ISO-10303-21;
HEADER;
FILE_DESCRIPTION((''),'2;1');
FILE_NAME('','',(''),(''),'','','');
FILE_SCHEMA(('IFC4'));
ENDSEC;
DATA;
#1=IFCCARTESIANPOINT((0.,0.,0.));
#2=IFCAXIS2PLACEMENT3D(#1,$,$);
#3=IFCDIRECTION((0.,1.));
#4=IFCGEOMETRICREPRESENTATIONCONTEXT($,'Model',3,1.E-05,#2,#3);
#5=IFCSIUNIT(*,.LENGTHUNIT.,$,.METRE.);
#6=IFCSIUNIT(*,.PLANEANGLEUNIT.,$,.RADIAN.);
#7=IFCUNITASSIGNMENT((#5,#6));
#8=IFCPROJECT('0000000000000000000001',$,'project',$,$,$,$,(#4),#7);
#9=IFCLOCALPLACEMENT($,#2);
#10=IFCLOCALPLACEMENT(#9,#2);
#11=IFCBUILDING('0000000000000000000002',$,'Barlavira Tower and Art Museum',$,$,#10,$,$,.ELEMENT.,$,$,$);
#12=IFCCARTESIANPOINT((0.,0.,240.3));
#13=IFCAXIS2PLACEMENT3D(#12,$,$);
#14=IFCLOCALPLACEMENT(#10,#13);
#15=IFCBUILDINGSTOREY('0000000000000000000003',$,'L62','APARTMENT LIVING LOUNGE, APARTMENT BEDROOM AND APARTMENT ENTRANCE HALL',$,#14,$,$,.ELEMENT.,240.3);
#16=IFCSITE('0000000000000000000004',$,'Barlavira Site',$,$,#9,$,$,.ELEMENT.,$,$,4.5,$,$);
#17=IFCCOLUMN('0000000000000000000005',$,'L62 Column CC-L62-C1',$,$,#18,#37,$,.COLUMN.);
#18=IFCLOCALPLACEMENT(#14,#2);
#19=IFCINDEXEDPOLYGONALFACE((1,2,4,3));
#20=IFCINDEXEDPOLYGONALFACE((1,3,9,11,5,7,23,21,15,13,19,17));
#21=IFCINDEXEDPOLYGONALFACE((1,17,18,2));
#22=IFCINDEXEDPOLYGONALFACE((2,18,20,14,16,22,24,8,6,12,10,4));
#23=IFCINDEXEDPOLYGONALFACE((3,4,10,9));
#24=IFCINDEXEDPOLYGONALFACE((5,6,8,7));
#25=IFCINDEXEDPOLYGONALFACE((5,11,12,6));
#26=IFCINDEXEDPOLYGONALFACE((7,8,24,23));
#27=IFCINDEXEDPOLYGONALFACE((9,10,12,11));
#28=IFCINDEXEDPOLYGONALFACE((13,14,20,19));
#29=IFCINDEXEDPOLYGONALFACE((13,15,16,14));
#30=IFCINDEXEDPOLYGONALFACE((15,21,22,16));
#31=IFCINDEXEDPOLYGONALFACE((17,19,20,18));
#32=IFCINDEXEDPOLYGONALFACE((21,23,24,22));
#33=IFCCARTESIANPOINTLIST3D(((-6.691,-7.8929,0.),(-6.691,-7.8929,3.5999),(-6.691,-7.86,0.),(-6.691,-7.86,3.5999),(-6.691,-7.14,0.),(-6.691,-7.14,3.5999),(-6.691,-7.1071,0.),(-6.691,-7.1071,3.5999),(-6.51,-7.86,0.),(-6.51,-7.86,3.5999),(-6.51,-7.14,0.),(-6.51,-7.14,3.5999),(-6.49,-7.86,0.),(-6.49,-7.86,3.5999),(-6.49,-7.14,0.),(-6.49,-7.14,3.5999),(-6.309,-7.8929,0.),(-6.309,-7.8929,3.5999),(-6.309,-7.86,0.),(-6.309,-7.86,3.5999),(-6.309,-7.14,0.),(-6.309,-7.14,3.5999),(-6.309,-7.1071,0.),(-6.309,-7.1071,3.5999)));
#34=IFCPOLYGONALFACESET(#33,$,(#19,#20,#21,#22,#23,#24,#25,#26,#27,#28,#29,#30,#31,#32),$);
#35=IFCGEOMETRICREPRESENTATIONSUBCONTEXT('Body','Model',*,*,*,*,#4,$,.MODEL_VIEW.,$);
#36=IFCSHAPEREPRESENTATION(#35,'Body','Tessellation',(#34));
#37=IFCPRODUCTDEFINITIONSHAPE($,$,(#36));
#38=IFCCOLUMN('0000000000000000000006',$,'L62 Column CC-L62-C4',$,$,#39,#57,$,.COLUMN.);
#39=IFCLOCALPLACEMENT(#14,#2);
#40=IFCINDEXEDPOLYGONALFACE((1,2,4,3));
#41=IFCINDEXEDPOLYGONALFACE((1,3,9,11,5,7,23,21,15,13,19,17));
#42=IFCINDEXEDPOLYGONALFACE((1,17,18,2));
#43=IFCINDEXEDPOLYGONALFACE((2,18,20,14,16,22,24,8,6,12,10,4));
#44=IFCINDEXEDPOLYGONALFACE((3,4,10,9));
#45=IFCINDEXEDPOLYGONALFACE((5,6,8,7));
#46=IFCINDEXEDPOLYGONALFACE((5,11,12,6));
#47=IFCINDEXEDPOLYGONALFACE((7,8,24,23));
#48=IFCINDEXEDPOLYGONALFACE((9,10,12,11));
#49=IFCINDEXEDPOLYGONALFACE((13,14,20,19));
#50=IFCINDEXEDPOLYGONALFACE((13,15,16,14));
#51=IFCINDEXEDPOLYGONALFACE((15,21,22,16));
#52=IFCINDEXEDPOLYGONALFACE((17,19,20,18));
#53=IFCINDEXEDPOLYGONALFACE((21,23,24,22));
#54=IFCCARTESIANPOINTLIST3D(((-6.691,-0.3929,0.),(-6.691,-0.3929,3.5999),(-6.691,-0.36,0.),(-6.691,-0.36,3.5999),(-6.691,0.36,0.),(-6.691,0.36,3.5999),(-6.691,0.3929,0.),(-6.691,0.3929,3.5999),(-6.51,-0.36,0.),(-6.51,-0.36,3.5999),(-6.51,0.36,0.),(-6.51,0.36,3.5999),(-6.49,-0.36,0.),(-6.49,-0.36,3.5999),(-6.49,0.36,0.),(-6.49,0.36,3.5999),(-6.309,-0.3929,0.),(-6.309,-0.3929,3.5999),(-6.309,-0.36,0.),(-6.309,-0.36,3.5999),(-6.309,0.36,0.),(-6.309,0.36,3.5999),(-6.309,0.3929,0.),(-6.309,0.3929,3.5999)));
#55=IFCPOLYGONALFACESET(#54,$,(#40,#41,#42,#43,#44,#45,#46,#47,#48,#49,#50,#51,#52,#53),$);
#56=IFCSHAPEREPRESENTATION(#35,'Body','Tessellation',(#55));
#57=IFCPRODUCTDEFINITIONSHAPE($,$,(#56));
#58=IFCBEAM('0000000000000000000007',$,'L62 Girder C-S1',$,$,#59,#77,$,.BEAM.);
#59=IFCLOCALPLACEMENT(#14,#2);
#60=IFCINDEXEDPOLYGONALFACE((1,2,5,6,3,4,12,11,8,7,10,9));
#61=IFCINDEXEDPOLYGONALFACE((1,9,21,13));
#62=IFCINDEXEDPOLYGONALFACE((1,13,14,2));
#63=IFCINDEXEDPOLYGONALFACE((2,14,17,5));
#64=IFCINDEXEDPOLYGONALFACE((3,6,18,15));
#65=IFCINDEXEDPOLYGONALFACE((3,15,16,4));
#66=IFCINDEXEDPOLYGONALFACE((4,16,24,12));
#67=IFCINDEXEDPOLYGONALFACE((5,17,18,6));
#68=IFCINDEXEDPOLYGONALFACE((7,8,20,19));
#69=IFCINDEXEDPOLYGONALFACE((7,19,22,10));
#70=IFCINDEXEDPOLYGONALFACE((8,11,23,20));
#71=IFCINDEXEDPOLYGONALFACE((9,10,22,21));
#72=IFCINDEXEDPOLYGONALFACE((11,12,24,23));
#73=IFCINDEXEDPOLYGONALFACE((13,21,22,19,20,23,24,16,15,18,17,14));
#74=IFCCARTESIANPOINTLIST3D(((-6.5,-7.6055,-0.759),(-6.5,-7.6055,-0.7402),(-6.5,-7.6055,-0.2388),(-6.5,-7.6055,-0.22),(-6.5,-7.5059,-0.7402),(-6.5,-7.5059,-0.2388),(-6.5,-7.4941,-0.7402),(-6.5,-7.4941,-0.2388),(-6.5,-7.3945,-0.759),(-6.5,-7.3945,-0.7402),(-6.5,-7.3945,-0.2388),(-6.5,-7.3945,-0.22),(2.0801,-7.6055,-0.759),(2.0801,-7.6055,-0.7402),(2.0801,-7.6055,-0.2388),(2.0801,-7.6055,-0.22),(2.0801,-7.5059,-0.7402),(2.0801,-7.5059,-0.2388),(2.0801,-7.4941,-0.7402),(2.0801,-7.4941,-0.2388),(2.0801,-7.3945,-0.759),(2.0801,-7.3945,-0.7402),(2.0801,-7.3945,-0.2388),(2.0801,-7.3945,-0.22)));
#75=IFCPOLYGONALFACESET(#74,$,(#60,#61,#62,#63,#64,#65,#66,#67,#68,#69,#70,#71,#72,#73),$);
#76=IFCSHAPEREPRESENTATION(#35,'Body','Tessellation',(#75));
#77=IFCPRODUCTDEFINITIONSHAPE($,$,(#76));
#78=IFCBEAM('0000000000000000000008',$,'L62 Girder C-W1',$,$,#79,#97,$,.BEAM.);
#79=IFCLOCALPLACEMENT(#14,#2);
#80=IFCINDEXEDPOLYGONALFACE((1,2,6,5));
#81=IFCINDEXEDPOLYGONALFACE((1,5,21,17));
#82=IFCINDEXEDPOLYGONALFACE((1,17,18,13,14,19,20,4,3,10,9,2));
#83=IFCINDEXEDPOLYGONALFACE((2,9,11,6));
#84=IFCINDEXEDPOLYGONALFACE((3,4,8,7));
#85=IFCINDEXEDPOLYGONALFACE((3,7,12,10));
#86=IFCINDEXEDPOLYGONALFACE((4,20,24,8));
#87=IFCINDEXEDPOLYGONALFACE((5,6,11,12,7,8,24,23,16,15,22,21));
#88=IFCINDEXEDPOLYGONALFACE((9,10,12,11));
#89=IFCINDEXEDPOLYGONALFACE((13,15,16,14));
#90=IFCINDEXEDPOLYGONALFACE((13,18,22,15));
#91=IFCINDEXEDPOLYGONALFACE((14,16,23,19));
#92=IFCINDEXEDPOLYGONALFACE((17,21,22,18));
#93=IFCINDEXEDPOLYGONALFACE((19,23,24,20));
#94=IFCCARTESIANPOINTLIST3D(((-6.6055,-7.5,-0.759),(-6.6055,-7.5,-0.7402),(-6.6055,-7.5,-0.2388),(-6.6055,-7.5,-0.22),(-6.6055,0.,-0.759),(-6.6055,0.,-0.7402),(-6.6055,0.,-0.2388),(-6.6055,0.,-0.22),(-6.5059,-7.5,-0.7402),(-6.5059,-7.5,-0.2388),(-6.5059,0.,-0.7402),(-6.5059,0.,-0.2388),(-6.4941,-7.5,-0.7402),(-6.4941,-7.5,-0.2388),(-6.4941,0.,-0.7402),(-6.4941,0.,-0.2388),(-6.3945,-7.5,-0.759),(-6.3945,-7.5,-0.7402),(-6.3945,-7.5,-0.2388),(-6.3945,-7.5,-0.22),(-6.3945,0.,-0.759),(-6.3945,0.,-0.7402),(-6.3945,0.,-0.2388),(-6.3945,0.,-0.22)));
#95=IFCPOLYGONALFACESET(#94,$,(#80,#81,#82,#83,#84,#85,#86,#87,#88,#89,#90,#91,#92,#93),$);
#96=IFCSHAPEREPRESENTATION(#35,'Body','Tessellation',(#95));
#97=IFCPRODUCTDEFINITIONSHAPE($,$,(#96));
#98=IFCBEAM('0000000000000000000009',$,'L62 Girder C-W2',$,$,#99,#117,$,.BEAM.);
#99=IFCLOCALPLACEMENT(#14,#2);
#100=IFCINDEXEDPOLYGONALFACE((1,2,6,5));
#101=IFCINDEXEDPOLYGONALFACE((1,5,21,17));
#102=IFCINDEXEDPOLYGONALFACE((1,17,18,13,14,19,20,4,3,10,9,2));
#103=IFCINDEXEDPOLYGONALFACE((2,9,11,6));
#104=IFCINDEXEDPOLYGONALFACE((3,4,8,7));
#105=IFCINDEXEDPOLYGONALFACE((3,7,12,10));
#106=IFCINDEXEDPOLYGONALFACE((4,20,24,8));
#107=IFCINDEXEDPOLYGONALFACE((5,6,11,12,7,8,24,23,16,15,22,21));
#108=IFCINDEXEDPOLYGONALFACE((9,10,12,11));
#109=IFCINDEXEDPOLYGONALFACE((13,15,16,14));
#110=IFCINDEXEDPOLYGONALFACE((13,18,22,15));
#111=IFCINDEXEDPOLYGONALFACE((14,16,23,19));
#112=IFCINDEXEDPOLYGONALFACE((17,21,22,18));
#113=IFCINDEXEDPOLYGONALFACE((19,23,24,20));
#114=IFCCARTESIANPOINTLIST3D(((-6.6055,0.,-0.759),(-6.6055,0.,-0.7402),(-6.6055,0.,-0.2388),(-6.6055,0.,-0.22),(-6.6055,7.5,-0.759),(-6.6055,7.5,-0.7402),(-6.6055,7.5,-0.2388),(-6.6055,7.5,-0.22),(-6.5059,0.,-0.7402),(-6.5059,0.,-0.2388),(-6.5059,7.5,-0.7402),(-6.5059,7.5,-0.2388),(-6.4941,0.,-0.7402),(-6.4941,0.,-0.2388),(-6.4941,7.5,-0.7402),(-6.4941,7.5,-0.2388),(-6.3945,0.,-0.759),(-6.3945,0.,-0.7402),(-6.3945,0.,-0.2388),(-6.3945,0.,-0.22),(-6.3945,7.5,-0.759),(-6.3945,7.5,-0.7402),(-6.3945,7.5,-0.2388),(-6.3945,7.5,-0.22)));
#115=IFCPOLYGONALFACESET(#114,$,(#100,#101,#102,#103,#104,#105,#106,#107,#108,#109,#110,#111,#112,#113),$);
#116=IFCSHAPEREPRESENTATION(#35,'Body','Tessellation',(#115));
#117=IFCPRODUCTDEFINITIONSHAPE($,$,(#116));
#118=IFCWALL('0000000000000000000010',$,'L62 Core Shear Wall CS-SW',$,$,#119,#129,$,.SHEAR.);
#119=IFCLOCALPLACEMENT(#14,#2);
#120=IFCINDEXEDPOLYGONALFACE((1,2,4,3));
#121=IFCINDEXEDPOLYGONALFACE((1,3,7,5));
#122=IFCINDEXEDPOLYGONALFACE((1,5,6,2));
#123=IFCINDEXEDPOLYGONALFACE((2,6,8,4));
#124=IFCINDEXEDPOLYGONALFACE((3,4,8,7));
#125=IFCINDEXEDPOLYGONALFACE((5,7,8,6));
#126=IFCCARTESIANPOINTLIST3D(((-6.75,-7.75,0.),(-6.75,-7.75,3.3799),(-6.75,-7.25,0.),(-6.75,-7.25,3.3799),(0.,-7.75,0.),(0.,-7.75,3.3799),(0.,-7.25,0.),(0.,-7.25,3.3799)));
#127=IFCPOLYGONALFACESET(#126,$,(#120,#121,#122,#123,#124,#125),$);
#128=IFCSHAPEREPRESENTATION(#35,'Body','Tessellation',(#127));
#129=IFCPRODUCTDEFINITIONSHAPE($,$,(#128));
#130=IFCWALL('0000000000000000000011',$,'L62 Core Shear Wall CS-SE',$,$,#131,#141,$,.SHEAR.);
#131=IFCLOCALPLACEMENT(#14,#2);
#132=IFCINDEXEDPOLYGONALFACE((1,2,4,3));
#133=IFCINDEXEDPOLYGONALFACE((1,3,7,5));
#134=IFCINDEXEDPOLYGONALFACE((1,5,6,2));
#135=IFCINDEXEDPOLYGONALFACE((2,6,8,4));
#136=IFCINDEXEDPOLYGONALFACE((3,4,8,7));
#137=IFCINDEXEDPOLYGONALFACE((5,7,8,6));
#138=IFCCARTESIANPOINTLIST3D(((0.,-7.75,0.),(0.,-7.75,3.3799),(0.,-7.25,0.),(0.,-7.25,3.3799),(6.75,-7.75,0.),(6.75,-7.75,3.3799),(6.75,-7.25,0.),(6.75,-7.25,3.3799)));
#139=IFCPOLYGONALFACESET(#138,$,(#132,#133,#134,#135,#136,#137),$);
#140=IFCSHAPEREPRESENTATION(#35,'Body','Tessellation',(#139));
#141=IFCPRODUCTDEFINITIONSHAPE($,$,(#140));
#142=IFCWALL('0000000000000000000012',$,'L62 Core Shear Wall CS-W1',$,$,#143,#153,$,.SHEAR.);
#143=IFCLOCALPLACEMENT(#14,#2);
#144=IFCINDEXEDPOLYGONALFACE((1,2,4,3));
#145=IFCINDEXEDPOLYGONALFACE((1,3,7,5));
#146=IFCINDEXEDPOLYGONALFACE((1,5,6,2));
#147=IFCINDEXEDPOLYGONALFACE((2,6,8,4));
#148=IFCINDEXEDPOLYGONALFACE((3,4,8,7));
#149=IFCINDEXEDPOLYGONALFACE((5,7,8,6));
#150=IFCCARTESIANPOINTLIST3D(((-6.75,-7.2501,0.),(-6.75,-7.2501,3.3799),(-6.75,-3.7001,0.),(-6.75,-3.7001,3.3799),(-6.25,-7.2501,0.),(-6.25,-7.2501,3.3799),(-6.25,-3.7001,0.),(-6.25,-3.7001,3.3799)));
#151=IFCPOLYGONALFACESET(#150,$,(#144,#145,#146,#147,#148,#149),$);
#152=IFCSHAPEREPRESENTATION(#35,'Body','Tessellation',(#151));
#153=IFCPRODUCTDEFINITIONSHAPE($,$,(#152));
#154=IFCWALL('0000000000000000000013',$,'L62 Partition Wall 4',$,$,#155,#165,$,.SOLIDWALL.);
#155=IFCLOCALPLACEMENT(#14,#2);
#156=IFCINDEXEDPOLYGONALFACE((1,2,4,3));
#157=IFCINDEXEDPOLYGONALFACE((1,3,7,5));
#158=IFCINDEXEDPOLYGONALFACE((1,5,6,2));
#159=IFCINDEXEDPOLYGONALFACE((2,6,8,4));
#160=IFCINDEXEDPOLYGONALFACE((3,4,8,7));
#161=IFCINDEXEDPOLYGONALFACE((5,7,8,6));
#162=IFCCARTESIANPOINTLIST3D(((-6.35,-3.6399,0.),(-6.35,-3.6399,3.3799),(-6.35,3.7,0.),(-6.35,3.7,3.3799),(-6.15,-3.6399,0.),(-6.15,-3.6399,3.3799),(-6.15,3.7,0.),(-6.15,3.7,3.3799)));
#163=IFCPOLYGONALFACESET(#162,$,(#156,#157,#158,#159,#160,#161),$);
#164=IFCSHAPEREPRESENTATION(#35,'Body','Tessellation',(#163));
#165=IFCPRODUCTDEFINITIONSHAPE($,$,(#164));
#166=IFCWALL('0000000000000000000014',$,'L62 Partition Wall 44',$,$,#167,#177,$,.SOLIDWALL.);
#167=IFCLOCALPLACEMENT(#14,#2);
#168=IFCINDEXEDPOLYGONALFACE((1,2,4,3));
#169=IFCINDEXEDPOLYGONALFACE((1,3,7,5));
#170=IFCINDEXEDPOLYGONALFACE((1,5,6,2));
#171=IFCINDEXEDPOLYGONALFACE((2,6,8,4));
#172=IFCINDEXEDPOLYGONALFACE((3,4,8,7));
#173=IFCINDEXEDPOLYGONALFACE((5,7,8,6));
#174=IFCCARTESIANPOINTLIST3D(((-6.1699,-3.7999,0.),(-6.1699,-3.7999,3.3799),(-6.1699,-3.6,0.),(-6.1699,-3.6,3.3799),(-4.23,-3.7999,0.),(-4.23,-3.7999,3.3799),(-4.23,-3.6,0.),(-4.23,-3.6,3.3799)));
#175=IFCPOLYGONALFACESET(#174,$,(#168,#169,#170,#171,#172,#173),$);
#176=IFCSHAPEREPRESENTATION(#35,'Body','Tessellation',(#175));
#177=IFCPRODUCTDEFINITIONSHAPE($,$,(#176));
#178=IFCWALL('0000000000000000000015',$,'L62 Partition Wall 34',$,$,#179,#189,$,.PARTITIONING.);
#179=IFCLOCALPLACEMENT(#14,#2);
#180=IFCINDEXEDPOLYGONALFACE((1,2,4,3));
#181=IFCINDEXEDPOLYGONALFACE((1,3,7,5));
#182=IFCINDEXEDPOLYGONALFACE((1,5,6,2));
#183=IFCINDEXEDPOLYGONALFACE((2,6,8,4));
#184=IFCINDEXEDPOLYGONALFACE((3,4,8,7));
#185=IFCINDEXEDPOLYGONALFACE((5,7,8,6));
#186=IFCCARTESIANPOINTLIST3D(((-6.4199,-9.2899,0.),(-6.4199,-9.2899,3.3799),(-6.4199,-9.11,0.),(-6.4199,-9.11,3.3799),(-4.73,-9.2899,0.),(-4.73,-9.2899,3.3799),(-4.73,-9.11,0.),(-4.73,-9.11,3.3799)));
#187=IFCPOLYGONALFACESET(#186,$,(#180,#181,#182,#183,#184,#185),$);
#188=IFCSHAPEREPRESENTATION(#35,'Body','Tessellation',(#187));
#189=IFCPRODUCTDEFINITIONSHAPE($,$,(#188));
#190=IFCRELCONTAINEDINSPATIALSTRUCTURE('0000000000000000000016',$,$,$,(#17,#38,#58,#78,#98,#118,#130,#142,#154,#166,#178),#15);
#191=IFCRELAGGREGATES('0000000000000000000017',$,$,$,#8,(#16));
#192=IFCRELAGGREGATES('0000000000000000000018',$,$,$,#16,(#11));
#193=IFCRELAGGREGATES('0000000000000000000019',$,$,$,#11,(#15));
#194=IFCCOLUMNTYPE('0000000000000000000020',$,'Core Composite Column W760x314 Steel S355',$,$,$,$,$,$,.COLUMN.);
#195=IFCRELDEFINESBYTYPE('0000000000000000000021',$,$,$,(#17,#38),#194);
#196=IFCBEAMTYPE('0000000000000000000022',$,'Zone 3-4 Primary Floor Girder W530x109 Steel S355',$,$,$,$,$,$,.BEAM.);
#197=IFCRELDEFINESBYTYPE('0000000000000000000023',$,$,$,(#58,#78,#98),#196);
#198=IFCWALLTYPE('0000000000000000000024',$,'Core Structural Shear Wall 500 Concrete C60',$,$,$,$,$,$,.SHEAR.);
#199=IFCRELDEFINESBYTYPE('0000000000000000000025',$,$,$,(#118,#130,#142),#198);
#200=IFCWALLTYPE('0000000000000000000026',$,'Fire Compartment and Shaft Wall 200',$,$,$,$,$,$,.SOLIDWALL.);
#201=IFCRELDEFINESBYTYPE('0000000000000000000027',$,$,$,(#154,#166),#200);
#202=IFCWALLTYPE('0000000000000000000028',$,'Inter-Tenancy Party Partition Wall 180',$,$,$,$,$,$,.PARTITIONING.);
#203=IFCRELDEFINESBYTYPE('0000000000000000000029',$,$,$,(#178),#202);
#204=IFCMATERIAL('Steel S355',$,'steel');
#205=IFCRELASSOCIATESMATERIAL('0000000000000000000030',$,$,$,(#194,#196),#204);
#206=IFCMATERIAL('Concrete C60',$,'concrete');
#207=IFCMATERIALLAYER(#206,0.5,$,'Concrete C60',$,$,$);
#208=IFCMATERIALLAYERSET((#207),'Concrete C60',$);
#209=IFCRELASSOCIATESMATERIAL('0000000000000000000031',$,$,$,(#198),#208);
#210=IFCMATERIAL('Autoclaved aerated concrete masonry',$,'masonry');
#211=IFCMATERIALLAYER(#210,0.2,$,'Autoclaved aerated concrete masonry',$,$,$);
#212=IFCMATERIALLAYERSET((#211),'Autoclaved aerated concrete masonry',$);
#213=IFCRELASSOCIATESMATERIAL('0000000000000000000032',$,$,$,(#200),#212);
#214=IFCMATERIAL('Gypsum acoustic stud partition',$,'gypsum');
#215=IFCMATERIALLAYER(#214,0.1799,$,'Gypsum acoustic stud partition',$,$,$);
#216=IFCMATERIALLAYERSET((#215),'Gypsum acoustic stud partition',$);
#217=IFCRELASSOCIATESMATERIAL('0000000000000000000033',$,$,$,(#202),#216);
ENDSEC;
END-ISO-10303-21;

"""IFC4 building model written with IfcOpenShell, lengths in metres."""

from ifc_helpers import new_model, si_unit, direction, frame, frame_2d, origin, origin_2d, place, context, subcontext, project, spatial, rectangle, i_section, extrude, material, layer, layer_set, material_profile, profile_set, type_object, element, save


model = new_model("IFC4")

# Units and contexts
model_context = context("Model", 3, precision=1e-05, world=origin(), true_north=direction((0.0, 1.0)))
body_context = subcontext(model_context, "Body", "Model", "MODEL_VIEW")
ifc_project = project(units=[si_unit("LENGTHUNIT", "METRE"), si_unit("PLANEANGLEUNIT", "RADIAN")], contexts=[model_context])

# Site, building, storey
site_placement = place(None, origin())
site = spatial("IfcSite", under=ifc_project, at=site_placement, Name="Barlavira Site", CompositionType="ELEMENT", RefElevation=4.5)
building_placement = place(site_placement, origin())
building = spatial("IfcBuilding", under=site, at=building_placement, Name="Barlavira Tower and Art Museum", CompositionType="ELEMENT")
storey_placement = place(building_placement, frame((0.0, 0.0, 240.3)))
storey = spatial("IfcBuildingStorey", under=building, at=storey_placement, Name="L62", Description="APARTMENT LIVING LOUNGE, APARTMENT BEDROOM AND APARTMENT ENTRANCE HALL", CompositionType="ELEMENT", Elevation=240.3)

# Columns
ifc_material_1 = material(Name="Steel S355", Category="steel")
ifc_material_profile_1 = material_profile(ifc_material_1, i_section(OverallWidth=0.3821, OverallDepth=0.7859, WebThickness=0.02, FlangeThickness=0.033, at=origin_2d()), Name="W760x314.0")
ifc_profile_set_1 = profile_set([ifc_material_profile_1], Name="Steel S355")
column_type = type_object("IfcColumnType", Name="Core Composite Column W760x314 Steel S355", PredefinedType="COLUMN", material=ifc_profile_set_1)
for number, where, z_axis, x_axis, name in (
    (1, (-6.5, -7.5, 0.0), (0.0, 0.0, 1.0), (1.0, 0.0, 0.0), "L62 Column CC-L62-C1"),
    (2, (-6.5, 0.0, 0.0), (0.0, 0.0, 1.0), (1.0, 0.0, 0.0), "L62 Column CC-L62-C4"),
):
    element("IfcColumn", number, at=place(storey_placement, frame(where, z_axis=z_axis, x_axis=x_axis)), inside=storey, type_object=column_type, Name=name, PredefinedType="COLUMN", context=body_context, shape_type="SweptSolid", body=[
        extrude(i_section(OverallWidth=0.3821, OverallDepth=0.7859, WebThickness=0.02, FlangeThickness=0.033, at=origin_2d()), origin(), (0.0, 0.0, 1.0), 3.5999),
    ])

# Beams
ifc_material_profile_2 = material_profile(ifc_material_1, i_section(OverallWidth=0.2109, OverallDepth=0.5391, WebThickness=0.0117, FlangeThickness=0.0188, at=origin_2d()), Name="W530x109.0")
ifc_profile_set_2 = profile_set([ifc_material_profile_2], Name="Steel S355")
beam_type = type_object("IfcBeamType", Name="Zone 3-4 Primary Floor Girder W530x109 Steel S355", PredefinedType="BEAM", material=ifc_profile_set_2)
beam_placement = place(storey_placement, frame((-6.5, -7.5, -0.4895), z_axis=(1.0, 0.0, 0.0), x_axis=(0.0, 1.0, 0.0)))
element("IfcBeam", 3, at=beam_placement, inside=storey, type_object=beam_type, Name="L62 Girder C-S1", PredefinedType="BEAM", context=body_context, shape_type="SweptSolid", body=[
    extrude(i_section(OverallWidth=0.2109, OverallDepth=0.5391, WebThickness=0.0117, FlangeThickness=0.0188, at=origin_2d()), origin(), (0.0, 0.0, 1.0), 8.5801),
])
for number, where, z_axis, x_axis, name in (
    (4, (-6.5, -7.5, -0.4895), (0.0, 1.0, 0.0), (-1.0, 0.0, 0.0), "L62 Girder C-W1"),
    (5, (-6.5, 0.0, -0.4895), (0.0, 1.0, 0.0), (-1.0, 0.0, 0.0), "L62 Girder C-W2"),
):
    element("IfcBeam", number, at=place(storey_placement, frame(where, z_axis=z_axis, x_axis=x_axis)), inside=storey, type_object=beam_type, Name=name, PredefinedType="BEAM", context=body_context, shape_type="SweptSolid", body=[
        extrude(i_section(OverallWidth=0.2109, OverallDepth=0.5391, WebThickness=0.0117, FlangeThickness=0.0188, at=origin_2d()), origin(), (0.0, 0.0, 1.0), 7.5),
    ])

# Walls
ifc_material_2 = material(Name="Concrete C60", Category="concrete")
ifc_layer_1 = layer(ifc_material_2, 0.5, Name="Concrete C60")
ifc_layer_set_1 = layer_set([ifc_layer_1], Name="Concrete C60")
wall_type_1 = type_object("IfcWallType", Name="Core Structural Shear Wall 500 Concrete C60", PredefinedType="SHEAR", material=ifc_layer_set_1)
for number, where, z_axis, x_axis, name in (
    (6, (-6.75, -7.5, 0.0), (0.0, 0.0, 1.0), (1.0, 0.0, 0.0), "L62 Core Shear Wall CS-SW"),
    (7, (0.0, -7.5, 0.0), (0.0, 0.0, 1.0), (1.0, 0.0, 0.0), "L62 Core Shear Wall CS-SE"),
):
    element("IfcWall", number, at=place(storey_placement, frame(where, z_axis=z_axis, x_axis=x_axis)), inside=storey, type_object=wall_type_1, Name=name, PredefinedType="SHEAR", context=body_context, shape_type="SweptSolid", body=[
        extrude(rectangle(XDim=6.75, YDim=0.5, at=frame_2d((3.375, 0.0))), origin(), (0.0, 0.0, 1.0), 3.3799),
    ])
wall_1_placement = place(storey_placement, frame((-6.5, -7.25, 0.0), z_axis=(0.0, 0.0, 1.0), x_axis=(0.0, 1.0, 0.0)))
element("IfcWall", 8, at=wall_1_placement, inside=storey, type_object=wall_type_1, Name="L62 Core Shear Wall CS-W1", PredefinedType="SHEAR", context=body_context, shape_type="SweptSolid", body=[
    extrude(rectangle(XDim=3.55, YDim=0.5, at=frame_2d((1.7749, 0.0))), origin(), (0.0, 0.0, 1.0), 3.3799),
])
ifc_material_3 = material(Name="Autoclaved aerated concrete masonry", Category="masonry")
ifc_layer_2 = layer(ifc_material_3, 0.2, Name="Autoclaved aerated concrete masonry")
ifc_layer_set_2 = layer_set([ifc_layer_2], Name="Autoclaved aerated concrete masonry")
wall_type_2 = type_object("IfcWallType", Name="Fire Compartment and Shaft Wall 200", PredefinedType="SOLIDWALL", material=ifc_layer_set_2)
wall_2_placement = place(storey_placement, frame((-6.25, -3.6399, 0.0), z_axis=(0.0, 0.0, 1.0), x_axis=(0.0, 1.0, 0.0)))
element("IfcWall", 9, at=wall_2_placement, inside=storey, type_object=wall_type_2, Name="L62 Partition Wall 4", PredefinedType="SOLIDWALL", context=body_context, shape_type="SweptSolid", body=[
    extrude(rectangle(XDim=7.3398, YDim=0.2, at=frame_2d((3.6699, 0.0))), origin(), (0.0, 0.0, 1.0), 3.3799),
])

# Wall
wall_3_placement = place(storey_placement, frame((-6.1699, -3.7, 0.0), z_axis=(0.0, 0.0, 1.0), x_axis=(1.0, 0.0, 0.0)))
element("IfcWall", 10, at=wall_3_placement, inside=storey, type_object=wall_type_2, Name="L62 Partition Wall 44", PredefinedType="SOLIDWALL", context=body_context, shape_type="SweptSolid", body=[
    extrude(rectangle(XDim=1.9399, YDim=0.2, at=frame_2d((0.97, 0.0))), origin(), (0.0, 0.0, 1.0), 3.3799),
])

# Shared definitions
ifc_material_4 = material(Name="Gypsum acoustic stud partition", Category="gypsum")
ifc_layer_3 = layer(ifc_material_4, 0.1799, Name="Gypsum acoustic stud partition")
ifc_layer_set_3 = layer_set([ifc_layer_3], Name="Gypsum acoustic stud partition")
wall_type_3 = type_object("IfcWallType", Name="Inter-Tenancy Party Partition Wall 180", PredefinedType="PARTITIONING", material=ifc_layer_set_3)

# Wall
wall_4_placement = place(storey_placement, frame((-6.4199, -9.2, 0.0), z_axis=(0.0, 0.0, 1.0), x_axis=(1.0, 0.0, 0.0)))
element("IfcWall", 11, at=wall_4_placement, inside=storey, type_object=wall_type_3, Name="L62 Partition Wall 34", PredefinedType="PARTITIONING", context=body_context, shape_type="SweptSolid", body=[
    extrude(rectangle(XDim=1.6899, YDim=0.1799, at=frame_2d((0.845, 0.0))), origin(), (0.0, 0.0, 1.0), 3.3799),
])

save(model, "model.ifc")
